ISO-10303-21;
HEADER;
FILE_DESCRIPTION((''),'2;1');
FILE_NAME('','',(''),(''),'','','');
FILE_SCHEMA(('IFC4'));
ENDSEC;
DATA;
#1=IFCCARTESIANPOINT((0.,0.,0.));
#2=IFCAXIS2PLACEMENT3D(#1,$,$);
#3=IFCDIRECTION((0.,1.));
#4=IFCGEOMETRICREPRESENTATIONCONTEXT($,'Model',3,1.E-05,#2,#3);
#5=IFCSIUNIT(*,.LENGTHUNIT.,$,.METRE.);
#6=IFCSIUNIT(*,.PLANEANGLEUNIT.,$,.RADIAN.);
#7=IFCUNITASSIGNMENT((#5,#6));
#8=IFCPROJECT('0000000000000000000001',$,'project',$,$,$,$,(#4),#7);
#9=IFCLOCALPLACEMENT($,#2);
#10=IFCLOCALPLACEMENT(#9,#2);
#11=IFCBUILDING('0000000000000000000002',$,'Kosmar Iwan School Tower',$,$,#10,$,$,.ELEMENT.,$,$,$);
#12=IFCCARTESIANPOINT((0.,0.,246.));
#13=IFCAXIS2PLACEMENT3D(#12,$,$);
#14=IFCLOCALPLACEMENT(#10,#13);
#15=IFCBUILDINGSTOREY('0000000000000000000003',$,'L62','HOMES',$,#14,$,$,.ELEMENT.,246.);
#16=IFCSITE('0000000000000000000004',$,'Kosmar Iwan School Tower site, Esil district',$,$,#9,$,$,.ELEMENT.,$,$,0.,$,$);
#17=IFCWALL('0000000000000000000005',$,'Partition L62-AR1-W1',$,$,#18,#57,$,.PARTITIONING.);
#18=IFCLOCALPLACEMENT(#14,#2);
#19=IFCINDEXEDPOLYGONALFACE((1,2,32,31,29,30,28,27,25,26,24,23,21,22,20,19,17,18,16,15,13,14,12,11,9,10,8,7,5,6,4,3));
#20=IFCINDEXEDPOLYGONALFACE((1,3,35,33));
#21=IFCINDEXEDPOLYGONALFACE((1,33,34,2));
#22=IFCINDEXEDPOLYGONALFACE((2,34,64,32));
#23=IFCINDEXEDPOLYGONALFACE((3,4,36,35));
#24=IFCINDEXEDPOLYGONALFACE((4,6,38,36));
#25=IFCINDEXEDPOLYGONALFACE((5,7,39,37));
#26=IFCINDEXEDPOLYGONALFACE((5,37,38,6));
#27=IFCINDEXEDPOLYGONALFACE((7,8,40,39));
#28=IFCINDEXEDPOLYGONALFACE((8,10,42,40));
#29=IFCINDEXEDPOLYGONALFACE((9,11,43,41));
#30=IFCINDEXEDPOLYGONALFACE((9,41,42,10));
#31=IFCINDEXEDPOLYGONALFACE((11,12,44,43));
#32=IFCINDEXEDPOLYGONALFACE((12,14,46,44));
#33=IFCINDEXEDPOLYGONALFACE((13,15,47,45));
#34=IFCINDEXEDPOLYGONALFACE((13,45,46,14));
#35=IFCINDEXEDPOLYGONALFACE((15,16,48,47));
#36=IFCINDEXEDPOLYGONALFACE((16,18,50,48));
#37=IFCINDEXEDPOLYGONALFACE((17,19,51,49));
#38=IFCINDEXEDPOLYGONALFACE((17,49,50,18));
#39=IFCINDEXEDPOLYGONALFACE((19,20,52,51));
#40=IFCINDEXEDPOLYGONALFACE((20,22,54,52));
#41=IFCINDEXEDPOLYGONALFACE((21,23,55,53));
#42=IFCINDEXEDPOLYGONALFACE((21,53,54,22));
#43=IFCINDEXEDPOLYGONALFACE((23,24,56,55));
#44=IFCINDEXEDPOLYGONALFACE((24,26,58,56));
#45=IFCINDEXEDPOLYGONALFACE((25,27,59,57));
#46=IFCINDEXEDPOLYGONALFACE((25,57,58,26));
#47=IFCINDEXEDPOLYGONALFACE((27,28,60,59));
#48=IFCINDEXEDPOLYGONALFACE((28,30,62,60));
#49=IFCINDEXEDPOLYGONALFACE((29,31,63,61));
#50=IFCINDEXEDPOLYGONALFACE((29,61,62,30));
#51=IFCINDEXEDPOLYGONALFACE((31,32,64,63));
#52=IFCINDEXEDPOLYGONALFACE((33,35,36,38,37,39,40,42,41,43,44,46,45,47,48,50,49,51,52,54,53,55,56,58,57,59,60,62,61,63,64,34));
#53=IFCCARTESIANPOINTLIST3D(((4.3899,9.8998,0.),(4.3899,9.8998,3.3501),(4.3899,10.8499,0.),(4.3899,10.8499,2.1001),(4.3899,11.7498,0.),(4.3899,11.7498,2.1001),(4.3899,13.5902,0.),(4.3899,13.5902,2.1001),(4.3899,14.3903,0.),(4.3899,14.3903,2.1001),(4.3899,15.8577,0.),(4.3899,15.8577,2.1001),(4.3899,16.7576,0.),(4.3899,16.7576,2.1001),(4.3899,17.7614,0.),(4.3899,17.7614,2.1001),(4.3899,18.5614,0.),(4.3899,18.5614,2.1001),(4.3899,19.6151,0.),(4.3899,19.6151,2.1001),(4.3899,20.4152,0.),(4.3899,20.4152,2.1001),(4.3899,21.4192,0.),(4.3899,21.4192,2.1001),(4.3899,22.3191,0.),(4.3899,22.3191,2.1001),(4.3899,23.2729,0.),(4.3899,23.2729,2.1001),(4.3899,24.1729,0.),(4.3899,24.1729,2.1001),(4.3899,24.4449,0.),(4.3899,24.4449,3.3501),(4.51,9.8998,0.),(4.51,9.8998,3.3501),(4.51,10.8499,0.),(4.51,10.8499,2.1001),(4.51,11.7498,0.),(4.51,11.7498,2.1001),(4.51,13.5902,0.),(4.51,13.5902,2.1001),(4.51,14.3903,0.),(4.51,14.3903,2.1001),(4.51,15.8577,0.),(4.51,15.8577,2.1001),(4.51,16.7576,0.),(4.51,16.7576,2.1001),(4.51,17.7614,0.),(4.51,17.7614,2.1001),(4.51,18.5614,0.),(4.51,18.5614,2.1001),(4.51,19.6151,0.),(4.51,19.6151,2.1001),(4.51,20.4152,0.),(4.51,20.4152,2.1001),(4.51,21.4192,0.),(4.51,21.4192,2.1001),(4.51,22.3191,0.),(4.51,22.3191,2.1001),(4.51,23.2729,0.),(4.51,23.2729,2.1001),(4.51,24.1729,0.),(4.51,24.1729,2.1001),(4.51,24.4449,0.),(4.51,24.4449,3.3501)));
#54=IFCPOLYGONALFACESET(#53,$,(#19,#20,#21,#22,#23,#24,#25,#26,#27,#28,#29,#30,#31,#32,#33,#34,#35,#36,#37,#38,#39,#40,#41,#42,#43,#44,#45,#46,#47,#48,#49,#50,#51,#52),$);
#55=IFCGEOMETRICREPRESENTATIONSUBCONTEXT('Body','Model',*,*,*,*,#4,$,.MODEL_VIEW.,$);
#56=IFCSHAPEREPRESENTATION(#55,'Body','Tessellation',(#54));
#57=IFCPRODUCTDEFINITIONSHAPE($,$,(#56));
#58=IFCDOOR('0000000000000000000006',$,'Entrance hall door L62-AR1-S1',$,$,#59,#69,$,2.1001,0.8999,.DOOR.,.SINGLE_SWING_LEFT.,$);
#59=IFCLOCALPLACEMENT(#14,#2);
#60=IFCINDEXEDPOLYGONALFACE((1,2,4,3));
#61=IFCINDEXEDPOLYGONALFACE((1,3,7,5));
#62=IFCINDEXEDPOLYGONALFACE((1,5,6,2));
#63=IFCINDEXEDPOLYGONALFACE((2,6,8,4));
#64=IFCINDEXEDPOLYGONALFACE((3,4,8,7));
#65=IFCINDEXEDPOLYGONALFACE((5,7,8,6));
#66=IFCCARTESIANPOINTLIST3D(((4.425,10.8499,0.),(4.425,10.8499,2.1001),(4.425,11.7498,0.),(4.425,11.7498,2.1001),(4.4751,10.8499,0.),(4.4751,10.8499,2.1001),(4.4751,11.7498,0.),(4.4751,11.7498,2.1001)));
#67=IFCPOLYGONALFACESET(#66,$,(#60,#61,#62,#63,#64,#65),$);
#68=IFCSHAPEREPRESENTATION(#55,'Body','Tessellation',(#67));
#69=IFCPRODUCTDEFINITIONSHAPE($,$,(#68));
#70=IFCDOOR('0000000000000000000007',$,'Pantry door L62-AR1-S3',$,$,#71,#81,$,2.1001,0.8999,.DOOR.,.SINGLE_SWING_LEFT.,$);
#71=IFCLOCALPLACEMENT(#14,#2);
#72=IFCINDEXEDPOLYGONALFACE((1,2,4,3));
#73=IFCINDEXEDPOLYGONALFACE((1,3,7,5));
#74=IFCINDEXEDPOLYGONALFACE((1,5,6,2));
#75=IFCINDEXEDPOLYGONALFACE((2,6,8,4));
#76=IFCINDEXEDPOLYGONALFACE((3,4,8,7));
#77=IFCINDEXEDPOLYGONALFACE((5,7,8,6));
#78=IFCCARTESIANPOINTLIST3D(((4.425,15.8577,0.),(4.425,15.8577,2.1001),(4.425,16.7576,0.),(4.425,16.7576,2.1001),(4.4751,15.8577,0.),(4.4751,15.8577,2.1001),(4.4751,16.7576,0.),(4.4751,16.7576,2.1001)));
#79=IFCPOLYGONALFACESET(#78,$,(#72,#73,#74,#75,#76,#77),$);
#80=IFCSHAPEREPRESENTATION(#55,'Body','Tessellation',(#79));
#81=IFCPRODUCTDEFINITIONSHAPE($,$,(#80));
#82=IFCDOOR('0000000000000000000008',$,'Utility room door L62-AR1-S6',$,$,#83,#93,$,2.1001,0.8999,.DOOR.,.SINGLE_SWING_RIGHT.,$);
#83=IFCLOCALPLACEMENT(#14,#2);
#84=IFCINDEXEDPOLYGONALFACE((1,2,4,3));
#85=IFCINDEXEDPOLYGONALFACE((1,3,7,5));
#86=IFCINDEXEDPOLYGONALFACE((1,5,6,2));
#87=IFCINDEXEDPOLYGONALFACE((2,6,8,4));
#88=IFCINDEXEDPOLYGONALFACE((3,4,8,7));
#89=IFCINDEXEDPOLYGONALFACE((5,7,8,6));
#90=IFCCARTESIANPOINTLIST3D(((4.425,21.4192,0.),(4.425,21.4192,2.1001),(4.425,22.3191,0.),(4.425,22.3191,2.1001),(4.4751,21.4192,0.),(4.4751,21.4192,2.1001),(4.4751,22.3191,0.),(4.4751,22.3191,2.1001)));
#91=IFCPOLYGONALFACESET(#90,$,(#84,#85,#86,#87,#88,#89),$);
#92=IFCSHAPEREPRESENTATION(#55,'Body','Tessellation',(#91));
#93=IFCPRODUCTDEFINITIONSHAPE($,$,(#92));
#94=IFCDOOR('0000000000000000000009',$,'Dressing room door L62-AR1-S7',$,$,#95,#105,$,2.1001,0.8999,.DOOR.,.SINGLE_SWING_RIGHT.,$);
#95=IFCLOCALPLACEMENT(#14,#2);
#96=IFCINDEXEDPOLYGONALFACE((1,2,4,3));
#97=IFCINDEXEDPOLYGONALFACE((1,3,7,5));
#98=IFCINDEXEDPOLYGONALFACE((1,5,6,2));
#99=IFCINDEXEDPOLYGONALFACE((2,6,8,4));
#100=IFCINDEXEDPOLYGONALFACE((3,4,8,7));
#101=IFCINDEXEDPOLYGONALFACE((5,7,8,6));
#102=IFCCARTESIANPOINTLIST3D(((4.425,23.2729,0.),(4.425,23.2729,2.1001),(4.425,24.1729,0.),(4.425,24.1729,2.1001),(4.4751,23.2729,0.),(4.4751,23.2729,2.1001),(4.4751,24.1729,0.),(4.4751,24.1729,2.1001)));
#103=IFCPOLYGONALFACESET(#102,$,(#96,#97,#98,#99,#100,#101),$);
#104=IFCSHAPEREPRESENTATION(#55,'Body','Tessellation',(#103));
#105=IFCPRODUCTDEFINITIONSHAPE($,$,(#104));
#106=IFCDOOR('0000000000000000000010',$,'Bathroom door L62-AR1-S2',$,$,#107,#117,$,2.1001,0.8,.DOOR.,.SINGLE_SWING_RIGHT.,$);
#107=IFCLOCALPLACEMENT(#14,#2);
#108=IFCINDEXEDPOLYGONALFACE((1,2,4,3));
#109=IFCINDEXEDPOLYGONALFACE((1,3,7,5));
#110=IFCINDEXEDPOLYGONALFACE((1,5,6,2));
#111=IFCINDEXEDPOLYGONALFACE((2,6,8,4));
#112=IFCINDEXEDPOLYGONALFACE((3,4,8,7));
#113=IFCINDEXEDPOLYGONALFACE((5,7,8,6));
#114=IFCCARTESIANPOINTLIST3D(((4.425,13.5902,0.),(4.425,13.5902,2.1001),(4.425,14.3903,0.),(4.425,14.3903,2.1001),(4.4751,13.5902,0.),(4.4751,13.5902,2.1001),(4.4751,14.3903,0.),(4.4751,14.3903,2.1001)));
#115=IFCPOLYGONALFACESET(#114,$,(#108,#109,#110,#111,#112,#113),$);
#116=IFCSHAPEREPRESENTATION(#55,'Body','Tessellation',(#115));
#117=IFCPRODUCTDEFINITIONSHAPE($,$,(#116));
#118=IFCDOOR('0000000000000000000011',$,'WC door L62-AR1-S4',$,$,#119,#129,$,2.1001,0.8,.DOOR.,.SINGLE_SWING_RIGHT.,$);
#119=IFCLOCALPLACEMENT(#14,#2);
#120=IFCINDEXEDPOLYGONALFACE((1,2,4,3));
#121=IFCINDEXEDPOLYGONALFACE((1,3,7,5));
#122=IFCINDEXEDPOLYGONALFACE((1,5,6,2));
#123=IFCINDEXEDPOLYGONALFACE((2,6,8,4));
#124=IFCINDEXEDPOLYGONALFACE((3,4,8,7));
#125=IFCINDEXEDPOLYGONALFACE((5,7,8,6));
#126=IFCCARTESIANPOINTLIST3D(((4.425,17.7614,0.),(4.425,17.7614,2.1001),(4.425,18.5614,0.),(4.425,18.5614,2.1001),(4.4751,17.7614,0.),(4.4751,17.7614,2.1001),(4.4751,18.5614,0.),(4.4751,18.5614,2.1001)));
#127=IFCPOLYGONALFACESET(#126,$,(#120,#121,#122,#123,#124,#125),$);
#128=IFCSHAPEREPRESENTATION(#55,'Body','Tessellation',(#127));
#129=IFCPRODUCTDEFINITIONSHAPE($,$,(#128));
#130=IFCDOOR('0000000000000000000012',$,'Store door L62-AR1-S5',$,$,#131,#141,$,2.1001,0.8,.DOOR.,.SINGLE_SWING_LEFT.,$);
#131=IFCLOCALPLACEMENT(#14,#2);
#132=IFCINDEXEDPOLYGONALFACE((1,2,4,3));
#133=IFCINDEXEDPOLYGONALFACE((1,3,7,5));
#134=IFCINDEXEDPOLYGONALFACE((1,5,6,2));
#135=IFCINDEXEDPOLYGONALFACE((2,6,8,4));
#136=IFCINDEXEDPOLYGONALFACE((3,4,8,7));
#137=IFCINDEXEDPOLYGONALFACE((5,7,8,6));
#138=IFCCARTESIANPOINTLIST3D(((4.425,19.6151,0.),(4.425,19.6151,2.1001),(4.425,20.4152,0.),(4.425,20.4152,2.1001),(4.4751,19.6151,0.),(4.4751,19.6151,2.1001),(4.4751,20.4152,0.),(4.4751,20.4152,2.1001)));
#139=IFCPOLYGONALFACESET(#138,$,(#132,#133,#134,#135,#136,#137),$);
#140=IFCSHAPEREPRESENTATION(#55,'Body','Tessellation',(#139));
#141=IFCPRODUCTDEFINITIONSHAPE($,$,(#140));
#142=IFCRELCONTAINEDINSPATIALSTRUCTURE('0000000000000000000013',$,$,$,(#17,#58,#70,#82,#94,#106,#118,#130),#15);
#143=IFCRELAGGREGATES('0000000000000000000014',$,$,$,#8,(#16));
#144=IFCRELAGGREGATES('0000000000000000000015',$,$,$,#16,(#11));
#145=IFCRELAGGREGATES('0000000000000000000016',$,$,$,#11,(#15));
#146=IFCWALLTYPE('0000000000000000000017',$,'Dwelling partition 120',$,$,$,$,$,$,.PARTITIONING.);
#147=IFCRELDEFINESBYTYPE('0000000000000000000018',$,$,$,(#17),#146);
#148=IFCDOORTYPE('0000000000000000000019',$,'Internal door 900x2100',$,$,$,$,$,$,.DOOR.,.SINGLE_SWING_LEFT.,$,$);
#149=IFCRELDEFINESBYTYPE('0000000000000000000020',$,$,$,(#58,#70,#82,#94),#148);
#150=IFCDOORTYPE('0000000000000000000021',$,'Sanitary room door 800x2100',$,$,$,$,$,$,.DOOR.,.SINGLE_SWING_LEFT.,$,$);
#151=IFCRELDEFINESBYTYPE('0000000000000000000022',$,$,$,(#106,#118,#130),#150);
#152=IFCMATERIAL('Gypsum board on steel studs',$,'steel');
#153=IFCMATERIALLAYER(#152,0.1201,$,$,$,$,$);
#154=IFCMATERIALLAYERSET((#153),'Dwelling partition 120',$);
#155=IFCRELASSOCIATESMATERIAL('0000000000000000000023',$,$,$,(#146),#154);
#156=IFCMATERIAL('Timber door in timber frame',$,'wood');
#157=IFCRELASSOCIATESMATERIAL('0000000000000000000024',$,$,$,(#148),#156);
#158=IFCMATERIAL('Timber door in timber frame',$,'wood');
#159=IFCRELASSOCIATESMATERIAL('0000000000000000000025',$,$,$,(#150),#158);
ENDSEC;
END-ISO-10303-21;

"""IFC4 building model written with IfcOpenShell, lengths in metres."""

from ifc_helpers import new_model, si_unit, direction, frame, frame_2d, origin, place, context, subcontext, project, spatial, rectangle, extrude, material, layer, layer_set, type_object, element, fill, save


model = new_model("IFC4")

# Units and contexts
model_context = context("Model", 3, precision=1e-05, world=origin(), true_north=direction((0.0, 1.0)))
body_context = subcontext(model_context, "Body", "Model", "MODEL_VIEW")
ifc_project = project(units=[si_unit("LENGTHUNIT", "METRE"), si_unit("PLANEANGLEUNIT", "RADIAN")], contexts=[model_context])

# Site, building, storey
site_placement = place(None, origin())
site = spatial("IfcSite", under=ifc_project, at=site_placement, Name="Kosmar Iwan School Tower site, Esil district", CompositionType="ELEMENT", RefElevation=0.0)
building_placement = place(site_placement, origin())
building = spatial("IfcBuilding", under=site, at=building_placement, Name="Kosmar Iwan School Tower", CompositionType="ELEMENT")
storey_placement = place(building_placement, frame((0.0, 0.0, 246.0)))
storey = spatial("IfcBuildingStorey", under=building, at=storey_placement, Name="L62", Description="HOMES", CompositionType="ELEMENT", Elevation=246.0)

# Wall, openings, doors
ifc_material_1 = material(Name="Gypsum board on steel studs", Category="steel")
ifc_layer_1 = layer(ifc_material_1, 0.1201)
ifc_layer_set_1 = layer_set([ifc_layer_1], Name="Dwelling partition 120")
wall_type_1 = type_object("IfcWallType", Name="Dwelling partition 120", PredefinedType="PARTITIONING", material=ifc_layer_set_1)
wall_1_placement = place(storey_placement, frame((4.45, 9.8999, 0.0), z_axis=(0.0, 0.0, 1.0), x_axis=(0.0, 1.0, 0.0)))
wall_1 = element("IfcWall", 1, at=wall_1_placement, inside=storey, type_object=wall_type_1, Name="Partition L62-AR1-W1", PredefinedType="PARTITIONING", context=body_context, shape_type="SweptSolid", body=[
    extrude(rectangle(XDim=14.5452, YDim=0.1201, at=frame_2d((7.2725, 0.0))), origin(), (0.0, 0.0, 1.0), 3.3501),
])
opening_1_placement = place(wall_1_placement, frame((0.95, 0.0, 0.0)))
opening_1 = element("IfcOpeningElement", 2, at=opening_1_placement, cuts=wall_1, PredefinedType="OPENING", context=body_context, shape_type="SweptSolid", body=[
    extrude(rectangle(XDim=0.8999, YDim=2.1001, at=frame_2d((0.45, 1.05))), frame((0.0, 0.072, 0.0), z_axis=(0.0, -1.0, 0.0), x_axis=(1.0, 0.0, 0.0)), (0.0, 0.0, 1.0), 0.144),
])
opening_2_placement = place(wall_1_placement, frame((3.6904, 0.0, 0.0)))
opening_2 = element("IfcOpeningElement", 3, at=opening_2_placement, cuts=wall_1, PredefinedType="OPENING", context=body_context, shape_type="SweptSolid", body=[
    extrude(rectangle(XDim=0.8, YDim=2.1001, at=frame_2d((0.3999, 1.05))), frame((0.0, 0.072, 0.0), z_axis=(0.0, -1.0, 0.0), x_axis=(1.0, 0.0, 0.0)), (0.0, 0.0, 1.0), 0.144),
])
opening_3_placement = place(wall_1_placement, frame((5.9578, 0.0, 0.0)))
opening_3 = element("IfcOpeningElement", 4, at=opening_3_placement, cuts=wall_1, PredefinedType="OPENING", context=body_context, shape_type="SweptSolid", body=[
    extrude(rectangle(XDim=0.8999, YDim=2.1001, at=frame_2d((0.45, 1.05))), frame((0.0, 0.072, 0.0), z_axis=(0.0, -1.0, 0.0), x_axis=(1.0, 0.0, 0.0)), (0.0, 0.0, 1.0), 0.144),
])
opening_4_placement = place(wall_1_placement, frame((7.8616, 0.0, 0.0)))
opening_4 = element("IfcOpeningElement", 5, at=opening_4_placement, cuts=wall_1, PredefinedType="OPENING", context=body_context, shape_type="SweptSolid", body=[
    extrude(rectangle(XDim=0.8, YDim=2.1001, at=frame_2d((0.3999, 1.05))), frame((0.0, 0.072, 0.0), z_axis=(0.0, -1.0, 0.0), x_axis=(1.0, 0.0, 0.0)), (0.0, 0.0, 1.0), 0.144),
])
opening_5_placement = place(wall_1_placement, frame((9.7153, 0.0, 0.0)))
opening_5 = element("IfcOpeningElement", 6, at=opening_5_placement, cuts=wall_1, PredefinedType="OPENING", context=body_context, shape_type="SweptSolid", body=[
    extrude(rectangle(XDim=0.8, YDim=2.1001, at=frame_2d((0.3999, 1.05))), frame((0.0, 0.072, 0.0), z_axis=(0.0, -1.0, 0.0), x_axis=(1.0, 0.0, 0.0)), (0.0, 0.0, 1.0), 0.144),
])
opening_6_placement = place(wall_1_placement, frame((11.5193, 0.0, 0.0)))
opening_6 = element("IfcOpeningElement", 7, at=opening_6_placement, cuts=wall_1, PredefinedType="OPENING", context=body_context, shape_type="SweptSolid", body=[
    extrude(rectangle(XDim=0.8999, YDim=2.1001, at=frame_2d((0.45, 1.05))), frame((0.0, 0.072, 0.0), z_axis=(0.0, -1.0, 0.0), x_axis=(1.0, 0.0, 0.0)), (0.0, 0.0, 1.0), 0.144),
])
opening_7_placement = place(wall_1_placement, frame((13.373, 0.0, 0.0)))
opening_7 = element("IfcOpeningElement", 8, at=opening_7_placement, cuts=wall_1, PredefinedType="OPENING", context=body_context, shape_type="SweptSolid", body=[
    extrude(rectangle(XDim=0.8999, YDim=2.1001, at=frame_2d((0.45, 1.05))), frame((0.0, 0.072, 0.0), z_axis=(0.0, -1.0, 0.0), x_axis=(1.0, 0.0, 0.0)), (0.0, 0.0, 1.0), 0.144),
])
ifc_material_2 = material(Name="Timber door in timber frame", Category="wood")
door_type_1 = type_object("IfcDoorType", Name="Internal door 900x2100", OperationType="SINGLE_SWING_LEFT", PredefinedType="DOOR", material=ifc_material_2)
door_1_placement = place(opening_1_placement, origin())
door_1 = element("IfcDoor", 9, at=door_1_placement, inside=storey, type_object=door_type_1, Name="Entrance hall door L62-AR1-S1", OperationType="SINGLE_SWING_LEFT", OverallHeight=2.1001, OverallWidth=0.8999, PredefinedType="DOOR", context=body_context, shape_type="SweptSolid", body=[
    extrude(rectangle(XDim=0.8999, YDim=2.1001, at=frame_2d((0.45, 1.05))), frame((0.0, 0.0249, 0.0), z_axis=(0.0, -1.0, 0.0), x_axis=(1.0, 0.0, 0.0)), (0.0, 0.0, 1.0), 0.05),
])
fill(opening_1, door_1)
door_2_placement = place(opening_3_placement, origin())
door_2 = element("IfcDoor", 10, at=door_2_placement, inside=storey, type_object=door_type_1, Name="Pantry door L62-AR1-S3", OperationType="SINGLE_SWING_LEFT", OverallHeight=2.1001, OverallWidth=0.8999, PredefinedType="DOOR", context=body_context, shape_type="SweptSolid", body=[
    extrude(rectangle(XDim=0.8999, YDim=2.1001, at=frame_2d((0.45, 1.05))), frame((0.0, 0.0249, 0.0), z_axis=(0.0, -1.0, 0.0), x_axis=(1.0, 0.0, 0.0)), (0.0, 0.0, 1.0), 0.05),
])
fill(opening_3, door_2)
door_3_placement = place(opening_6_placement, origin())
door_3 = element("IfcDoor", 11, at=door_3_placement, inside=storey, type_object=door_type_1, Name="Utility room door L62-AR1-S6", OperationType="SINGLE_SWING_RIGHT", OverallHeight=2.1001, OverallWidth=0.8999, PredefinedType="DOOR", context=body_context, shape_type="SweptSolid", body=[
    extrude(rectangle(XDim=0.8999, YDim=2.1001, at=frame_2d((0.45, 1.05))), frame((0.0, 0.0249, 0.0), z_axis=(0.0, -1.0, 0.0), x_axis=(1.0, 0.0, 0.0)), (0.0, 0.0, 1.0), 0.05),
])
fill(opening_6, door_3)
door_4_placement = place(opening_7_placement, origin())
door_4 = element("IfcDoor", 12, at=door_4_placement, inside=storey, type_object=door_type_1, Name="Dressing room door L62-AR1-S7", OperationType="SINGLE_SWING_RIGHT", OverallHeight=2.1001, OverallWidth=0.8999, PredefinedType="DOOR", context=body_context, shape_type="SweptSolid", body=[
    extrude(rectangle(XDim=0.8999, YDim=2.1001, at=frame_2d((0.45, 1.05))), frame((0.0, 0.0249, 0.0), z_axis=(0.0, -1.0, 0.0), x_axis=(1.0, 0.0, 0.0)), (0.0, 0.0, 1.0), 0.05),
])
fill(opening_7, door_4)
ifc_material_3 = material(Name="Timber door in timber frame", Category="wood")
door_type_2 = type_object("IfcDoorType", Name="Sanitary room door 800x2100", OperationType="SINGLE_SWING_LEFT", PredefinedType="DOOR", material=ifc_material_3)
door_5_placement = place(opening_2_placement, origin())
door_5 = element("IfcDoor", 13, at=door_5_placement, inside=storey, type_object=door_type_2, Name="Bathroom door L62-AR1-S2", OperationType="SINGLE_SWING_RIGHT", OverallHeight=2.1001, OverallWidth=0.8, PredefinedType="DOOR", context=body_context, shape_type="SweptSolid", body=[
    extrude(rectangle(XDim=0.8, YDim=2.1001, at=frame_2d((0.3999, 1.05))), frame((0.0, 0.0249, 0.0), z_axis=(0.0, -1.0, 0.0), x_axis=(1.0, 0.0, 0.0)), (0.0, 0.0, 1.0), 0.05),
])
fill(opening_2, door_5)
door_6_placement = place(opening_4_placement, origin())
door_6 = element("IfcDoor", 14, at=door_6_placement, inside=storey, type_object=door_type_2, Name="WC door L62-AR1-S4", OperationType="SINGLE_SWING_RIGHT", OverallHeight=2.1001, OverallWidth=0.8, PredefinedType="DOOR", context=body_context, shape_type="SweptSolid", body=[
    extrude(rectangle(XDim=0.8, YDim=2.1001, at=frame_2d((0.3999, 1.05))), frame((0.0, 0.0249, 0.0), z_axis=(0.0, -1.0, 0.0), x_axis=(1.0, 0.0, 0.0)), (0.0, 0.0, 1.0), 0.05),
])
fill(opening_4, door_6)
door_7_placement = place(opening_5_placement, origin())
door_7 = element("IfcDoor", 15, at=door_7_placement, inside=storey, type_object=door_type_2, Name="Store door L62-AR1-S5", OperationType="SINGLE_SWING_LEFT", OverallHeight=2.1001, OverallWidth=0.8, PredefinedType="DOOR", context=body_context, shape_type="SweptSolid", body=[
    extrude(rectangle(XDim=0.8, YDim=2.1001, at=frame_2d((0.3999, 1.05))), frame((0.0, 0.0249, 0.0), z_axis=(0.0, -1.0, 0.0), x_axis=(1.0, 0.0, 0.0)), (0.0, 0.0, 1.0), 0.05),
])
fill(opening_5, door_7)

save(model, "model.ifc")
